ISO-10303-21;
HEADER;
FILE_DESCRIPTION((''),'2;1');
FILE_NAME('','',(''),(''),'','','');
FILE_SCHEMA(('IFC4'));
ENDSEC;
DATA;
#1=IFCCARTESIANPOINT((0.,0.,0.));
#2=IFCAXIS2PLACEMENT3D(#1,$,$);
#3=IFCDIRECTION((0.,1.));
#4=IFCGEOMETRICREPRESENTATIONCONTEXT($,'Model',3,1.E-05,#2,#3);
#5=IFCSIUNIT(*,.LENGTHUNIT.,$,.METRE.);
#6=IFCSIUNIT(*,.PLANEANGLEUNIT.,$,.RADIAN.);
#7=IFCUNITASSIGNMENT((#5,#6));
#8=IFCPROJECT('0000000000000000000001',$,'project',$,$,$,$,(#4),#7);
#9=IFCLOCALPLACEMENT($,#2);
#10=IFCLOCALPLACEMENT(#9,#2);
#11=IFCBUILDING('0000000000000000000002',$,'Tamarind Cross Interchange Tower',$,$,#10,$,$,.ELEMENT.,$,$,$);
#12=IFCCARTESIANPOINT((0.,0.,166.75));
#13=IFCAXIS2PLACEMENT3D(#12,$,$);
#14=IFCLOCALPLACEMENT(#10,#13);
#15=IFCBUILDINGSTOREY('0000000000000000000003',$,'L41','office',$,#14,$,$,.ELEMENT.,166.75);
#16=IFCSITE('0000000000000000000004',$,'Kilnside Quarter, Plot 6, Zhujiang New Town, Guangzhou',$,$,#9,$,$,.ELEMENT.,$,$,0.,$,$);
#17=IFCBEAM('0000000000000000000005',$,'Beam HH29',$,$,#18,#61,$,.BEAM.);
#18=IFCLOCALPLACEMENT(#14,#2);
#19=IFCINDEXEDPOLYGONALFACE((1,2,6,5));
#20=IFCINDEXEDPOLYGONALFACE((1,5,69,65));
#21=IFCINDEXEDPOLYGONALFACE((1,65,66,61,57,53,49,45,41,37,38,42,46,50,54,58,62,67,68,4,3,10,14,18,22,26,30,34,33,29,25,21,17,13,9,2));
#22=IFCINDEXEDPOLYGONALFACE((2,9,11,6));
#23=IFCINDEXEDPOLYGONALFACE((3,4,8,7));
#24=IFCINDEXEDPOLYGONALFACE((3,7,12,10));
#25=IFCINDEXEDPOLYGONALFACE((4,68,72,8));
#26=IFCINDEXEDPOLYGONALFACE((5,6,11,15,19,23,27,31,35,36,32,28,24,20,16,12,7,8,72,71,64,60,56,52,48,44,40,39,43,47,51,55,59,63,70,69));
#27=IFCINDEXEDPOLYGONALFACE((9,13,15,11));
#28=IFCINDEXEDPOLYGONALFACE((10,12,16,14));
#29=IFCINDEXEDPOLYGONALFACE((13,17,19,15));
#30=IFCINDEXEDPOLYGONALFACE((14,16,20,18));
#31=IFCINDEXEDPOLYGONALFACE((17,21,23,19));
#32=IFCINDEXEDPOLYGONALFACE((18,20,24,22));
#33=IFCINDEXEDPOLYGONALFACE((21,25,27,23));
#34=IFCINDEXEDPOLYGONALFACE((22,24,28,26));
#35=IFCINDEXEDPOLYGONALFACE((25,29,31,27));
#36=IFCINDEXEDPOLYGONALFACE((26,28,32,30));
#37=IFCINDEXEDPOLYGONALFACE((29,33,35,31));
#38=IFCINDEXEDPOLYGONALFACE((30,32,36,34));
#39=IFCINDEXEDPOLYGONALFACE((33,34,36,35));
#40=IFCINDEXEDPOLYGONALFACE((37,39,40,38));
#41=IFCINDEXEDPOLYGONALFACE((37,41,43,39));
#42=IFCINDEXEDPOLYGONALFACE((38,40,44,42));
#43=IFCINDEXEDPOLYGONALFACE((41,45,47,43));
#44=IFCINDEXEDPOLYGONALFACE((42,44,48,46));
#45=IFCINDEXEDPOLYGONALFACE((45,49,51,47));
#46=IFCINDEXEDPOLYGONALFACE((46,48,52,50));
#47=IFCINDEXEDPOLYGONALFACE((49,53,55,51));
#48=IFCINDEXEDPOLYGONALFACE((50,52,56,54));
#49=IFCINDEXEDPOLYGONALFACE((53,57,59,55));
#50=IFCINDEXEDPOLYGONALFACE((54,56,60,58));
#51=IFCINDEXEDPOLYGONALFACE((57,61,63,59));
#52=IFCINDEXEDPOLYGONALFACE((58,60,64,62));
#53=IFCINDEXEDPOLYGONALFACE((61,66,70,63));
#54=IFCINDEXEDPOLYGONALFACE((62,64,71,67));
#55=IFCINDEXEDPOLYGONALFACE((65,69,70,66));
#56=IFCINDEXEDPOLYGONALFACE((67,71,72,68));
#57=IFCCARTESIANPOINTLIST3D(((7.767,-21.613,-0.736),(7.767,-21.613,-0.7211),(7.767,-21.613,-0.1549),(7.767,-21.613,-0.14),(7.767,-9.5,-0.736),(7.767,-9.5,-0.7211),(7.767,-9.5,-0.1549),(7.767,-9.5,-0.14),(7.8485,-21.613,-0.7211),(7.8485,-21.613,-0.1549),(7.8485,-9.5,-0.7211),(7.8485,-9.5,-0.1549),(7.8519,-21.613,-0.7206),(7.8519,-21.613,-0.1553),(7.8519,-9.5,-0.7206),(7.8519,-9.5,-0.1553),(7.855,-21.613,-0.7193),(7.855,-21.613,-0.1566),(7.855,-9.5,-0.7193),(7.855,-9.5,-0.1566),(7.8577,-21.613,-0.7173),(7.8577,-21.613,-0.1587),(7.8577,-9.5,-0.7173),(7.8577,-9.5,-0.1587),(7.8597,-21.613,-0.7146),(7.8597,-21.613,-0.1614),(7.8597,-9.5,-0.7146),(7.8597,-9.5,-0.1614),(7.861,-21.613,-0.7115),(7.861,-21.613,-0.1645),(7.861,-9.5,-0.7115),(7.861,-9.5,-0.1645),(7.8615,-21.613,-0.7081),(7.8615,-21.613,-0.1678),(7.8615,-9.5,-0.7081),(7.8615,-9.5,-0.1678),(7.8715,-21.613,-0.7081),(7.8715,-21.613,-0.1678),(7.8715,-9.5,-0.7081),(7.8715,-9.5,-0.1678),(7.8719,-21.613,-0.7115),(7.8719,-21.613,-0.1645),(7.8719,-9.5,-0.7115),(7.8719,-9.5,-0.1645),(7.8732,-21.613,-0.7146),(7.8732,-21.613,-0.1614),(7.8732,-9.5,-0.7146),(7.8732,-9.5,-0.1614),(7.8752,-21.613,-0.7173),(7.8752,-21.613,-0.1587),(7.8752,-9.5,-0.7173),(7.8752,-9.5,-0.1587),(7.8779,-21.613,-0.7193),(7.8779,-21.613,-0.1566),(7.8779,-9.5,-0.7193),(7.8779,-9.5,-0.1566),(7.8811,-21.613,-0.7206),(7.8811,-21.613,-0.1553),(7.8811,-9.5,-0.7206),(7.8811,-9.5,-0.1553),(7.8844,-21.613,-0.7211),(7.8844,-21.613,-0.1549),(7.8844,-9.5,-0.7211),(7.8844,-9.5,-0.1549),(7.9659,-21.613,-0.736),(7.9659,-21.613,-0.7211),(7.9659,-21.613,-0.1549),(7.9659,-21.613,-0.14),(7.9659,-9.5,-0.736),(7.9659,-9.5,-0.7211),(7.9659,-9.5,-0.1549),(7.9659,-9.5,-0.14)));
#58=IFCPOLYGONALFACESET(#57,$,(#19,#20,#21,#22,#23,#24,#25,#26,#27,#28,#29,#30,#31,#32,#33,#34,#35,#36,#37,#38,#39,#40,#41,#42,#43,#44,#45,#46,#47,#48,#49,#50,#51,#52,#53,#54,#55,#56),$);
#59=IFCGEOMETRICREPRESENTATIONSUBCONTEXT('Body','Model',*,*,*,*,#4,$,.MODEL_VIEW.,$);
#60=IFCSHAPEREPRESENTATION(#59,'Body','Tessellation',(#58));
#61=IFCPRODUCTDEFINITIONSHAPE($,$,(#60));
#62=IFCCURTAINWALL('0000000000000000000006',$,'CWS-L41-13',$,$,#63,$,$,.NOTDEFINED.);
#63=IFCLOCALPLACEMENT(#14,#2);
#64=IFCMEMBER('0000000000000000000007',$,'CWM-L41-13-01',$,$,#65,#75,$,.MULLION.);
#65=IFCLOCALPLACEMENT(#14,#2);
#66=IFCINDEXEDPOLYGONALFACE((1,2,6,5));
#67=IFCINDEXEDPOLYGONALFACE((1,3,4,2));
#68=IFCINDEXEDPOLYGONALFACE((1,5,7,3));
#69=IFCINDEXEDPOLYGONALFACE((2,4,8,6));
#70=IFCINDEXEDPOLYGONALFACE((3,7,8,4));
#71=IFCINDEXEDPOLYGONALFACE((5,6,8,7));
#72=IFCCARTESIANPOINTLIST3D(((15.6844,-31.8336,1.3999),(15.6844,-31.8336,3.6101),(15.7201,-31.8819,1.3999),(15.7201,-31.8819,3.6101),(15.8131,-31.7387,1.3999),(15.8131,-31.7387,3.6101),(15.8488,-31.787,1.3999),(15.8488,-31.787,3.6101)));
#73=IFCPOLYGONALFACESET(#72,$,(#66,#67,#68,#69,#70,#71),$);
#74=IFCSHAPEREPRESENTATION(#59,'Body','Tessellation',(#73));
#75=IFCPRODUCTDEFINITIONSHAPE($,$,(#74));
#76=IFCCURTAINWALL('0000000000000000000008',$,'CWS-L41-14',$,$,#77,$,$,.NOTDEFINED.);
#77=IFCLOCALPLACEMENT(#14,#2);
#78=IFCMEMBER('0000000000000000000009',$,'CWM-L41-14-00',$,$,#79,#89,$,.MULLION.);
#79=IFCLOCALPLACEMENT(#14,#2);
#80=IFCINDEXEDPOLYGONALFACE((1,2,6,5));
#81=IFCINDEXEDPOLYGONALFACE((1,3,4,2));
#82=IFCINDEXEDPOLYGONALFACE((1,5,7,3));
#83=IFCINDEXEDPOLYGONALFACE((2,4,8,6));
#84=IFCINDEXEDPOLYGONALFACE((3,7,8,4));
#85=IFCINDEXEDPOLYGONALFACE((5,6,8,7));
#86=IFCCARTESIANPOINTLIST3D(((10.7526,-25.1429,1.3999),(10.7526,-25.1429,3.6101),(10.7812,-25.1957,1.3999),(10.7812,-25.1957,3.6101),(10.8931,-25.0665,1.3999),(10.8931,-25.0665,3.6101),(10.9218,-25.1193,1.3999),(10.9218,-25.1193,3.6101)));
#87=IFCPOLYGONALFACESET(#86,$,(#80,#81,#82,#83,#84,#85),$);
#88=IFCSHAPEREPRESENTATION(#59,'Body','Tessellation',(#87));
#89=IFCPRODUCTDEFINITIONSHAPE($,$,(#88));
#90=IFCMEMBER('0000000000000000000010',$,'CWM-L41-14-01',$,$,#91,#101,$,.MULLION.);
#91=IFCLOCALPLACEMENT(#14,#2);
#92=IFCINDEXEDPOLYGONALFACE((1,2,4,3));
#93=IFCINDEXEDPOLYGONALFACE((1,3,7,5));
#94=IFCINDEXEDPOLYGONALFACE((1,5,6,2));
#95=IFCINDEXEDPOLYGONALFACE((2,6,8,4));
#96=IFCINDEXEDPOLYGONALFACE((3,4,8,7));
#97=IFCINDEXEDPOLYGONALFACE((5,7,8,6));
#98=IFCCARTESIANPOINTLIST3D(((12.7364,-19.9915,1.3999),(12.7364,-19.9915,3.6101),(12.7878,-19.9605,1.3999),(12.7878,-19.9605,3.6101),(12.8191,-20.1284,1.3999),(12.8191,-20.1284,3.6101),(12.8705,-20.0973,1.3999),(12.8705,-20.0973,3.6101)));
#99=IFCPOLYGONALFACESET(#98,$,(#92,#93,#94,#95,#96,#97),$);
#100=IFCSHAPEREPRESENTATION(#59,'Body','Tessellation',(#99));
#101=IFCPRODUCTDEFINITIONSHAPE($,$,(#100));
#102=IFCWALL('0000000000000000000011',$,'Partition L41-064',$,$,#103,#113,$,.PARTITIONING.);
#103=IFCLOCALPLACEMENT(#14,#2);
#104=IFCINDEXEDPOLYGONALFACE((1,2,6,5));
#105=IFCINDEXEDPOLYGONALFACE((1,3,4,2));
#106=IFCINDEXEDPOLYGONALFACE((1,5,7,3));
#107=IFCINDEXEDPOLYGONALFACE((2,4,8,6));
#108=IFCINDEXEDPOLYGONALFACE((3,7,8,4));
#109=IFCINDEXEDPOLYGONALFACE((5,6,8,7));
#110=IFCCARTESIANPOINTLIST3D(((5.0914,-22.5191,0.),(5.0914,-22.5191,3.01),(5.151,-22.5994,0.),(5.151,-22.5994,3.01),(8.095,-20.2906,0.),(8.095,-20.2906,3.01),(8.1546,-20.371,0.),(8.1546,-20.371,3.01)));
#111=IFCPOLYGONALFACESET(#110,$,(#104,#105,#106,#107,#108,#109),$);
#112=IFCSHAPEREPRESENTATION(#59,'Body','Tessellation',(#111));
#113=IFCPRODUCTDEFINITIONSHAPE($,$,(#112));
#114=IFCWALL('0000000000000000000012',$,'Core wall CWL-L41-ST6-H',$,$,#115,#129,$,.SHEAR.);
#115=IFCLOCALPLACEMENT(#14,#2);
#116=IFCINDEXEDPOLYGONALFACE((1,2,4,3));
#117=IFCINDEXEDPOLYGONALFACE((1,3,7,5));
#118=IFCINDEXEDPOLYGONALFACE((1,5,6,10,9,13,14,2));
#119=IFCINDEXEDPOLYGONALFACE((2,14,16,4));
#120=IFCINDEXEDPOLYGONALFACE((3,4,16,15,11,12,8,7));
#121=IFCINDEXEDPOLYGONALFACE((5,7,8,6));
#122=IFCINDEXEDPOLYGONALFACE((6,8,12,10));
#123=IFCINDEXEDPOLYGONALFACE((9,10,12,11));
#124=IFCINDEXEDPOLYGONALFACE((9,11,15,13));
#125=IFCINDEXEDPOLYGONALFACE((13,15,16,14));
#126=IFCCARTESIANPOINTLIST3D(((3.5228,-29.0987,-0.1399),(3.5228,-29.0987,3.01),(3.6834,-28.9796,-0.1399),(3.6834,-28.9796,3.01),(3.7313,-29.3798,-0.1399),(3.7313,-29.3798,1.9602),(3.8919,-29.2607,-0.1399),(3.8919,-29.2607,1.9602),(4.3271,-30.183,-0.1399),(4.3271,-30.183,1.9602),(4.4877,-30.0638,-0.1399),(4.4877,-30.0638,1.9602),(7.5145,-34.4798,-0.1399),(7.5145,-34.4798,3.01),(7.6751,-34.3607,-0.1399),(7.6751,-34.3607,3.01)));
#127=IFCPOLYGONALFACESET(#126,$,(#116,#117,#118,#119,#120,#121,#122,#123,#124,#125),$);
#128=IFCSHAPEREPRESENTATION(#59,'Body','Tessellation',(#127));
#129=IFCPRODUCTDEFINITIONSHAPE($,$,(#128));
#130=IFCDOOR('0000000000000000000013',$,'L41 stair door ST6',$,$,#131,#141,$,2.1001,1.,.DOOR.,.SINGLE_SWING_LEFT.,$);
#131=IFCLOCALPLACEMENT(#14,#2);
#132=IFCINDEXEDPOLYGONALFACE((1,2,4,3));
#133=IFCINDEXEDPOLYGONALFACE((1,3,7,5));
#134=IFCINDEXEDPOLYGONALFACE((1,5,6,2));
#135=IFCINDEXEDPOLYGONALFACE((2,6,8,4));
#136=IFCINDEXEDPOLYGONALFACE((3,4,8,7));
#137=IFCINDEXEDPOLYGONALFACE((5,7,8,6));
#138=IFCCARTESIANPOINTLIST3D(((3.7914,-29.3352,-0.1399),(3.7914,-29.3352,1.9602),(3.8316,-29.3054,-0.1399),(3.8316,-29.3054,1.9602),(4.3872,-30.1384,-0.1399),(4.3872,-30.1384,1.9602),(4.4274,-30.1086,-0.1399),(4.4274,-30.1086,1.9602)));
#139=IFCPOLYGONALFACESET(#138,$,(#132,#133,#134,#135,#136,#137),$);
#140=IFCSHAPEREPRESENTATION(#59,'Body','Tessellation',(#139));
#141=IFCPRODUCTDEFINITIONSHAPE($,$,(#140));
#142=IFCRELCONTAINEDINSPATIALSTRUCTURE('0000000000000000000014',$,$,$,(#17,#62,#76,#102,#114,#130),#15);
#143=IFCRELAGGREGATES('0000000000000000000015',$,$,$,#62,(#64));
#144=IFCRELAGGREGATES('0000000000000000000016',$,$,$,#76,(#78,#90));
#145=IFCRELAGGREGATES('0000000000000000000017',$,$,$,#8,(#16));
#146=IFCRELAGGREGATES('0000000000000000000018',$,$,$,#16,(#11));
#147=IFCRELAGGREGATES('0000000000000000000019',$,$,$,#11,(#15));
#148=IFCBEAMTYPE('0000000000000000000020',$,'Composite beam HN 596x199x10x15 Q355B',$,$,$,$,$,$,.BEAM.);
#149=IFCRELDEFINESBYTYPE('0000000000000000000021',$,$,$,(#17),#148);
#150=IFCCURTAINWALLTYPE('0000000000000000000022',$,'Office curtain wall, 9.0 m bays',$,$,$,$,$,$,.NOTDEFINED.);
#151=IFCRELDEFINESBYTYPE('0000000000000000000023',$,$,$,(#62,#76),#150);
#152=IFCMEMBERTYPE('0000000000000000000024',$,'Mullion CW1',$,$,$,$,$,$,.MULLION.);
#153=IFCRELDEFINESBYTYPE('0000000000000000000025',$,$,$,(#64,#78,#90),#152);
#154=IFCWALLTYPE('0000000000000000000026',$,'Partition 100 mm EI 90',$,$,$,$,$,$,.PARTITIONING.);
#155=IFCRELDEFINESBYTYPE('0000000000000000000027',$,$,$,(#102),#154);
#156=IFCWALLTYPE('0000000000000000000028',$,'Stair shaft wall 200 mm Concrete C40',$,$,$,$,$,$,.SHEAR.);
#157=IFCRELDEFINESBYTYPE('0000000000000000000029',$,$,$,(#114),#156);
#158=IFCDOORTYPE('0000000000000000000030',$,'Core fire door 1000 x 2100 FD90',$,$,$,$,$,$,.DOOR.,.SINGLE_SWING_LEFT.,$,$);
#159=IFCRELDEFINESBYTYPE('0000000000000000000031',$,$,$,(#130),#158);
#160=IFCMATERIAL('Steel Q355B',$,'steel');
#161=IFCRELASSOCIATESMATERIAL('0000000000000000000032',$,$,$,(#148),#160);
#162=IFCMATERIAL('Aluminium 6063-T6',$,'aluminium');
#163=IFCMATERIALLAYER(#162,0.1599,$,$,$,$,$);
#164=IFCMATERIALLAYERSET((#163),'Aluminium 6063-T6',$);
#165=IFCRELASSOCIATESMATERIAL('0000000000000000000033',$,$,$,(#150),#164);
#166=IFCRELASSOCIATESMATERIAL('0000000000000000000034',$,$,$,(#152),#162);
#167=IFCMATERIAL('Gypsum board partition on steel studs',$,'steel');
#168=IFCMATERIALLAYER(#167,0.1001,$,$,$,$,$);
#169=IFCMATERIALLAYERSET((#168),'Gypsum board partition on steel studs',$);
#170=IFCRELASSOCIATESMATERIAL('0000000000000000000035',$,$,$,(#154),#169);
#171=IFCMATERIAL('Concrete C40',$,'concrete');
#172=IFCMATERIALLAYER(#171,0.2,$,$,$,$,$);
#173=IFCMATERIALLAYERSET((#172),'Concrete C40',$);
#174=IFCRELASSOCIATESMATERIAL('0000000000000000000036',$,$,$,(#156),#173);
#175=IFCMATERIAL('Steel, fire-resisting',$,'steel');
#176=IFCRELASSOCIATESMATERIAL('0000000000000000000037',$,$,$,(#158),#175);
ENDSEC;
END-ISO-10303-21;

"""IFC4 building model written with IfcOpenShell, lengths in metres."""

from ifc_helpers import new_model, si_unit, direction, frame, frame_2d, origin, origin_2d, place, context, subcontext, project, spatial, rectangle, i_section, extrude, material, layer, layer_set, material_profile, profile_set, type_object, element, fill, aggregate, save


model = new_model("IFC4")

# Units and contexts
model_context = context("Model", 3, precision=1e-05, world=origin(), true_north=direction((0.0, 1.0)))
body_context = subcontext(model_context, "Body", "Model", "MODEL_VIEW")
ifc_project = project(units=[si_unit("LENGTHUNIT", "METRE"), si_unit("PLANEANGLEUNIT", "RADIAN")], contexts=[model_context])

# Site, building, storey
site_placement = place(None, origin())
site = spatial("IfcSite", under=ifc_project, at=site_placement, Name="Kilnside Quarter, Plot 6, Zhujiang New Town, Guangzhou", CompositionType="ELEMENT", RefElevation=0.0)
building_placement = place(site_placement, origin())
building = spatial("IfcBuilding", under=site, at=building_placement, Name="Tamarind Cross Interchange Tower", CompositionType="ELEMENT")
storey_placement = place(building_placement, frame((0.0, 0.0, 166.75)))
storey = spatial("IfcBuildingStorey", under=building, at=storey_placement, Name="L41", Description="office", CompositionType="ELEMENT", Elevation=166.75)

# Beam
ifc_material_1 = material(Name="Steel Q355B", Category="steel")
ifc_material_profile_1 = material_profile(ifc_material_1, i_section(OverallWidth=0.199, OverallDepth=0.5959, WebThickness=0.01, FlangeThickness=0.0149, FilletRadius=0.0129, at=origin_2d()), Name="HN 596x199x10x15")
ifc_profile_set_1 = profile_set([ifc_material_profile_1], Name="Steel Q355B")
beam_type_1 = type_object("IfcBeamType", Name="Composite beam HN 596x199x10x15 Q355B", PredefinedType="BEAM", material=ifc_profile_set_1)
beam_1_placement = place(storey_placement, frame((7.8665, -21.613, -0.438), z_axis=(0.0, 1.0, 0.0), x_axis=(-1.0, 0.0, 0.0)))
element("IfcBeam", 1, at=beam_1_placement, inside=storey, type_object=beam_type_1, Name="Beam HH29", PredefinedType="BEAM", context=body_context, shape_type="SweptSolid", body=[
    extrude(i_section(OverallWidth=0.199, OverallDepth=0.5959, WebThickness=0.01, FlangeThickness=0.0149, FilletRadius=0.0129, at=origin_2d()), origin(), (0.0, 0.0, 1.0), 12.113),
])

# Curtain wall, member
ifc_material_2 = material(Name="Aluminium 6063-T6", Category="aluminium")
ifc_layer_1 = layer(ifc_material_2, 0.1599)
ifc_layer_set_1 = layer_set([ifc_layer_1], Name="Aluminium 6063-T6")
curtain_wall_type = type_object("IfcCurtainWallType", Name="Office curtain wall, 9.0 m bays", PredefinedType="NOTDEFINED", material=ifc_layer_set_1)
curtain_wall_1_placement = place(storey_placement, origin())
curtain_wall_1 = element("IfcCurtainWall", 2, at=curtain_wall_1_placement, inside=storey, type_object=curtain_wall_type, Name="CWS-L41-13", PredefinedType="NOTDEFINED")
ifc_material_profile_2 = material_profile(ifc_material_2, rectangle(XDim=0.0601, YDim=0.1599, at=origin_2d()), Name="Mullion CW1")
ifc_profile_set_2 = profile_set([ifc_material_profile_2], Name="Aluminium 6063-T6")
member_type = type_object("IfcMemberType", Name="Mullion CW1", PredefinedType="MULLION", material=ifc_profile_set_2)
member_1_placement = place(storey_placement, frame((15.7666, -31.8103, 1.3999), z_axis=(0.0, 0.0, 1.0), x_axis=(-0.593819, 0.804598, 0.0)))
member_1 = element("IfcMember", 3, at=member_1_placement, type_object=member_type, Name="CWM-L41-13-01", PredefinedType="MULLION", context=body_context, shape_type="SweptSolid", body=[
    extrude(rectangle(XDim=0.0601, YDim=0.1599, at=origin_2d()), origin(), (0.0, 0.0, 1.0), 2.2102),
])
aggregate(curtain_wall_1, [member_1])

# Curtain wall, members
curtain_wall_2_placement = place(storey_placement, origin())
curtain_wall_2 = element("IfcCurtainWall", 4, at=curtain_wall_2_placement, inside=storey, type_object=curtain_wall_type, Name="CWS-L41-14", PredefinedType="NOTDEFINED")
member_2_placement = place(storey_placement, frame((10.8372, -25.1311, 1.3999), z_axis=(0.0, 0.0, 1.0), x_axis=(-0.477415, 0.878678, 0.0)))
member_2 = element("IfcMember", 5, at=member_2_placement, type_object=member_type, Name="CWM-L41-14-00", PredefinedType="MULLION", context=body_context, shape_type="SweptSolid", body=[
    extrude(rectangle(XDim=0.0601, YDim=0.1599, at=origin_2d()), origin(), (0.0, 0.0, 1.0), 2.2102),
])
member_3_placement = place(storey_placement, frame((12.8035, -20.0444, 1.3999), z_axis=(0.0, 0.0, 1.0), x_axis=(0.855796, 0.517314, 0.0)))
member_3 = element("IfcMember", 6, at=member_3_placement, type_object=member_type, Name="CWM-L41-14-01", PredefinedType="MULLION", context=body_context, shape_type="SweptSolid", body=[
    extrude(rectangle(XDim=0.0601, YDim=0.1599, at=origin_2d()), origin(), (0.0, 0.0, 1.0), 2.2102),
])
aggregate(curtain_wall_2, [member_2, member_3])

# Wall
ifc_material_3 = material(Name="Gypsum board partition on steel studs", Category="steel")
ifc_layer_2 = layer(ifc_material_3, 0.1001)
ifc_layer_set_2 = layer_set([ifc_layer_2], Name="Gypsum board partition on steel studs")
wall_type_1 = type_object("IfcWallType", Name="Partition 100 mm EI 90", PredefinedType="PARTITIONING", material=ifc_layer_set_2)
wall_1_placement = place(storey_placement, frame((5.1211, -22.5593, 0.0), z_axis=(0.0, 0.0, 1.0), x_axis=(0.803099, 0.595846, 0.0)))
element("IfcWall", 7, at=wall_1_placement, inside=storey, type_object=wall_type_1, Name="Partition L41-064", PredefinedType="PARTITIONING", context=body_context, shape_type="SweptSolid", body=[
    extrude(rectangle(XDim=3.74, YDim=0.1001, at=frame_2d((1.8701, 0.0))), origin(), (0.0, 0.0, 1.0), 3.01),
])

# Wall, opening, door
ifc_material_4 = material(Name="Concrete C40", Category="concrete")
ifc_layer_3 = layer(ifc_material_4, 0.2)
ifc_layer_set_3 = layer_set([ifc_layer_3], Name="Concrete C40")
wall_type_2 = type_object("IfcWallType", Name="Stair shaft wall 200 mm Concrete C40", PredefinedType="SHEAR", material=ifc_layer_set_3)
wall_2_placement = place(storey_placement, frame((3.603, -29.0391, -0.1399), z_axis=(0.0, 0.0, 1.0), x_axis=(0.595776, -0.80315, 0.0)))
wall_2 = element("IfcWall", 8, at=wall_2_placement, inside=storey, type_object=wall_type_2, Name="Core wall CWL-L41-ST6-H", PredefinedType="SHEAR", context=body_context, shape_type="SweptSolid", body=[
    extrude(rectangle(XDim=6.7, YDim=0.2, at=frame_2d((3.3501, 0.0))), origin(), (0.0, 0.0, 1.0), 3.1499),
])
opening_placement = place(wall_2_placement, frame((0.3501, 0.0, 0.0)))
opening = element("IfcOpeningElement", 9, at=opening_placement, cuts=wall_2, PredefinedType="OPENING", context=body_context, shape_type="SweptSolid", body=[
    extrude(rectangle(XDim=1.0, YDim=2.1001, at=frame_2d((0.5, 1.05))), frame((0.0, 0.1099, 0.0), z_axis=(0.0, -1.0, 0.0), x_axis=(1.0, 0.0, 0.0)), (0.0, 0.0, 1.0), 0.22),
])
ifc_material_5 = material(Name="Steel, fire-resisting", Category="steel")
door_type = type_object("IfcDoorType", Name="Core fire door 1000 x 2100 FD90", OperationType="SINGLE_SWING_LEFT", PredefinedType="DOOR", material=ifc_material_5)
door_placement = place(opening_placement, origin())
door = element("IfcDoor", 10, at=door_placement, inside=storey, type_object=door_type, Name="L41 stair door ST6", OperationType="SINGLE_SWING_LEFT", OverallHeight=2.1001, OverallWidth=1.0, PredefinedType="DOOR", context=body_context, shape_type="SweptSolid", body=[
    extrude(rectangle(XDim=1.0, YDim=2.1001, at=frame_2d((0.5, 1.05))), frame((0.0, 0.0249, 0.0), z_axis=(0.0, -1.0, 0.0), x_axis=(1.0, 0.0, 0.0)), (0.0, 0.0, 1.0), 0.05),
])
fill(opening, door)

save(model, "model.ifc")
